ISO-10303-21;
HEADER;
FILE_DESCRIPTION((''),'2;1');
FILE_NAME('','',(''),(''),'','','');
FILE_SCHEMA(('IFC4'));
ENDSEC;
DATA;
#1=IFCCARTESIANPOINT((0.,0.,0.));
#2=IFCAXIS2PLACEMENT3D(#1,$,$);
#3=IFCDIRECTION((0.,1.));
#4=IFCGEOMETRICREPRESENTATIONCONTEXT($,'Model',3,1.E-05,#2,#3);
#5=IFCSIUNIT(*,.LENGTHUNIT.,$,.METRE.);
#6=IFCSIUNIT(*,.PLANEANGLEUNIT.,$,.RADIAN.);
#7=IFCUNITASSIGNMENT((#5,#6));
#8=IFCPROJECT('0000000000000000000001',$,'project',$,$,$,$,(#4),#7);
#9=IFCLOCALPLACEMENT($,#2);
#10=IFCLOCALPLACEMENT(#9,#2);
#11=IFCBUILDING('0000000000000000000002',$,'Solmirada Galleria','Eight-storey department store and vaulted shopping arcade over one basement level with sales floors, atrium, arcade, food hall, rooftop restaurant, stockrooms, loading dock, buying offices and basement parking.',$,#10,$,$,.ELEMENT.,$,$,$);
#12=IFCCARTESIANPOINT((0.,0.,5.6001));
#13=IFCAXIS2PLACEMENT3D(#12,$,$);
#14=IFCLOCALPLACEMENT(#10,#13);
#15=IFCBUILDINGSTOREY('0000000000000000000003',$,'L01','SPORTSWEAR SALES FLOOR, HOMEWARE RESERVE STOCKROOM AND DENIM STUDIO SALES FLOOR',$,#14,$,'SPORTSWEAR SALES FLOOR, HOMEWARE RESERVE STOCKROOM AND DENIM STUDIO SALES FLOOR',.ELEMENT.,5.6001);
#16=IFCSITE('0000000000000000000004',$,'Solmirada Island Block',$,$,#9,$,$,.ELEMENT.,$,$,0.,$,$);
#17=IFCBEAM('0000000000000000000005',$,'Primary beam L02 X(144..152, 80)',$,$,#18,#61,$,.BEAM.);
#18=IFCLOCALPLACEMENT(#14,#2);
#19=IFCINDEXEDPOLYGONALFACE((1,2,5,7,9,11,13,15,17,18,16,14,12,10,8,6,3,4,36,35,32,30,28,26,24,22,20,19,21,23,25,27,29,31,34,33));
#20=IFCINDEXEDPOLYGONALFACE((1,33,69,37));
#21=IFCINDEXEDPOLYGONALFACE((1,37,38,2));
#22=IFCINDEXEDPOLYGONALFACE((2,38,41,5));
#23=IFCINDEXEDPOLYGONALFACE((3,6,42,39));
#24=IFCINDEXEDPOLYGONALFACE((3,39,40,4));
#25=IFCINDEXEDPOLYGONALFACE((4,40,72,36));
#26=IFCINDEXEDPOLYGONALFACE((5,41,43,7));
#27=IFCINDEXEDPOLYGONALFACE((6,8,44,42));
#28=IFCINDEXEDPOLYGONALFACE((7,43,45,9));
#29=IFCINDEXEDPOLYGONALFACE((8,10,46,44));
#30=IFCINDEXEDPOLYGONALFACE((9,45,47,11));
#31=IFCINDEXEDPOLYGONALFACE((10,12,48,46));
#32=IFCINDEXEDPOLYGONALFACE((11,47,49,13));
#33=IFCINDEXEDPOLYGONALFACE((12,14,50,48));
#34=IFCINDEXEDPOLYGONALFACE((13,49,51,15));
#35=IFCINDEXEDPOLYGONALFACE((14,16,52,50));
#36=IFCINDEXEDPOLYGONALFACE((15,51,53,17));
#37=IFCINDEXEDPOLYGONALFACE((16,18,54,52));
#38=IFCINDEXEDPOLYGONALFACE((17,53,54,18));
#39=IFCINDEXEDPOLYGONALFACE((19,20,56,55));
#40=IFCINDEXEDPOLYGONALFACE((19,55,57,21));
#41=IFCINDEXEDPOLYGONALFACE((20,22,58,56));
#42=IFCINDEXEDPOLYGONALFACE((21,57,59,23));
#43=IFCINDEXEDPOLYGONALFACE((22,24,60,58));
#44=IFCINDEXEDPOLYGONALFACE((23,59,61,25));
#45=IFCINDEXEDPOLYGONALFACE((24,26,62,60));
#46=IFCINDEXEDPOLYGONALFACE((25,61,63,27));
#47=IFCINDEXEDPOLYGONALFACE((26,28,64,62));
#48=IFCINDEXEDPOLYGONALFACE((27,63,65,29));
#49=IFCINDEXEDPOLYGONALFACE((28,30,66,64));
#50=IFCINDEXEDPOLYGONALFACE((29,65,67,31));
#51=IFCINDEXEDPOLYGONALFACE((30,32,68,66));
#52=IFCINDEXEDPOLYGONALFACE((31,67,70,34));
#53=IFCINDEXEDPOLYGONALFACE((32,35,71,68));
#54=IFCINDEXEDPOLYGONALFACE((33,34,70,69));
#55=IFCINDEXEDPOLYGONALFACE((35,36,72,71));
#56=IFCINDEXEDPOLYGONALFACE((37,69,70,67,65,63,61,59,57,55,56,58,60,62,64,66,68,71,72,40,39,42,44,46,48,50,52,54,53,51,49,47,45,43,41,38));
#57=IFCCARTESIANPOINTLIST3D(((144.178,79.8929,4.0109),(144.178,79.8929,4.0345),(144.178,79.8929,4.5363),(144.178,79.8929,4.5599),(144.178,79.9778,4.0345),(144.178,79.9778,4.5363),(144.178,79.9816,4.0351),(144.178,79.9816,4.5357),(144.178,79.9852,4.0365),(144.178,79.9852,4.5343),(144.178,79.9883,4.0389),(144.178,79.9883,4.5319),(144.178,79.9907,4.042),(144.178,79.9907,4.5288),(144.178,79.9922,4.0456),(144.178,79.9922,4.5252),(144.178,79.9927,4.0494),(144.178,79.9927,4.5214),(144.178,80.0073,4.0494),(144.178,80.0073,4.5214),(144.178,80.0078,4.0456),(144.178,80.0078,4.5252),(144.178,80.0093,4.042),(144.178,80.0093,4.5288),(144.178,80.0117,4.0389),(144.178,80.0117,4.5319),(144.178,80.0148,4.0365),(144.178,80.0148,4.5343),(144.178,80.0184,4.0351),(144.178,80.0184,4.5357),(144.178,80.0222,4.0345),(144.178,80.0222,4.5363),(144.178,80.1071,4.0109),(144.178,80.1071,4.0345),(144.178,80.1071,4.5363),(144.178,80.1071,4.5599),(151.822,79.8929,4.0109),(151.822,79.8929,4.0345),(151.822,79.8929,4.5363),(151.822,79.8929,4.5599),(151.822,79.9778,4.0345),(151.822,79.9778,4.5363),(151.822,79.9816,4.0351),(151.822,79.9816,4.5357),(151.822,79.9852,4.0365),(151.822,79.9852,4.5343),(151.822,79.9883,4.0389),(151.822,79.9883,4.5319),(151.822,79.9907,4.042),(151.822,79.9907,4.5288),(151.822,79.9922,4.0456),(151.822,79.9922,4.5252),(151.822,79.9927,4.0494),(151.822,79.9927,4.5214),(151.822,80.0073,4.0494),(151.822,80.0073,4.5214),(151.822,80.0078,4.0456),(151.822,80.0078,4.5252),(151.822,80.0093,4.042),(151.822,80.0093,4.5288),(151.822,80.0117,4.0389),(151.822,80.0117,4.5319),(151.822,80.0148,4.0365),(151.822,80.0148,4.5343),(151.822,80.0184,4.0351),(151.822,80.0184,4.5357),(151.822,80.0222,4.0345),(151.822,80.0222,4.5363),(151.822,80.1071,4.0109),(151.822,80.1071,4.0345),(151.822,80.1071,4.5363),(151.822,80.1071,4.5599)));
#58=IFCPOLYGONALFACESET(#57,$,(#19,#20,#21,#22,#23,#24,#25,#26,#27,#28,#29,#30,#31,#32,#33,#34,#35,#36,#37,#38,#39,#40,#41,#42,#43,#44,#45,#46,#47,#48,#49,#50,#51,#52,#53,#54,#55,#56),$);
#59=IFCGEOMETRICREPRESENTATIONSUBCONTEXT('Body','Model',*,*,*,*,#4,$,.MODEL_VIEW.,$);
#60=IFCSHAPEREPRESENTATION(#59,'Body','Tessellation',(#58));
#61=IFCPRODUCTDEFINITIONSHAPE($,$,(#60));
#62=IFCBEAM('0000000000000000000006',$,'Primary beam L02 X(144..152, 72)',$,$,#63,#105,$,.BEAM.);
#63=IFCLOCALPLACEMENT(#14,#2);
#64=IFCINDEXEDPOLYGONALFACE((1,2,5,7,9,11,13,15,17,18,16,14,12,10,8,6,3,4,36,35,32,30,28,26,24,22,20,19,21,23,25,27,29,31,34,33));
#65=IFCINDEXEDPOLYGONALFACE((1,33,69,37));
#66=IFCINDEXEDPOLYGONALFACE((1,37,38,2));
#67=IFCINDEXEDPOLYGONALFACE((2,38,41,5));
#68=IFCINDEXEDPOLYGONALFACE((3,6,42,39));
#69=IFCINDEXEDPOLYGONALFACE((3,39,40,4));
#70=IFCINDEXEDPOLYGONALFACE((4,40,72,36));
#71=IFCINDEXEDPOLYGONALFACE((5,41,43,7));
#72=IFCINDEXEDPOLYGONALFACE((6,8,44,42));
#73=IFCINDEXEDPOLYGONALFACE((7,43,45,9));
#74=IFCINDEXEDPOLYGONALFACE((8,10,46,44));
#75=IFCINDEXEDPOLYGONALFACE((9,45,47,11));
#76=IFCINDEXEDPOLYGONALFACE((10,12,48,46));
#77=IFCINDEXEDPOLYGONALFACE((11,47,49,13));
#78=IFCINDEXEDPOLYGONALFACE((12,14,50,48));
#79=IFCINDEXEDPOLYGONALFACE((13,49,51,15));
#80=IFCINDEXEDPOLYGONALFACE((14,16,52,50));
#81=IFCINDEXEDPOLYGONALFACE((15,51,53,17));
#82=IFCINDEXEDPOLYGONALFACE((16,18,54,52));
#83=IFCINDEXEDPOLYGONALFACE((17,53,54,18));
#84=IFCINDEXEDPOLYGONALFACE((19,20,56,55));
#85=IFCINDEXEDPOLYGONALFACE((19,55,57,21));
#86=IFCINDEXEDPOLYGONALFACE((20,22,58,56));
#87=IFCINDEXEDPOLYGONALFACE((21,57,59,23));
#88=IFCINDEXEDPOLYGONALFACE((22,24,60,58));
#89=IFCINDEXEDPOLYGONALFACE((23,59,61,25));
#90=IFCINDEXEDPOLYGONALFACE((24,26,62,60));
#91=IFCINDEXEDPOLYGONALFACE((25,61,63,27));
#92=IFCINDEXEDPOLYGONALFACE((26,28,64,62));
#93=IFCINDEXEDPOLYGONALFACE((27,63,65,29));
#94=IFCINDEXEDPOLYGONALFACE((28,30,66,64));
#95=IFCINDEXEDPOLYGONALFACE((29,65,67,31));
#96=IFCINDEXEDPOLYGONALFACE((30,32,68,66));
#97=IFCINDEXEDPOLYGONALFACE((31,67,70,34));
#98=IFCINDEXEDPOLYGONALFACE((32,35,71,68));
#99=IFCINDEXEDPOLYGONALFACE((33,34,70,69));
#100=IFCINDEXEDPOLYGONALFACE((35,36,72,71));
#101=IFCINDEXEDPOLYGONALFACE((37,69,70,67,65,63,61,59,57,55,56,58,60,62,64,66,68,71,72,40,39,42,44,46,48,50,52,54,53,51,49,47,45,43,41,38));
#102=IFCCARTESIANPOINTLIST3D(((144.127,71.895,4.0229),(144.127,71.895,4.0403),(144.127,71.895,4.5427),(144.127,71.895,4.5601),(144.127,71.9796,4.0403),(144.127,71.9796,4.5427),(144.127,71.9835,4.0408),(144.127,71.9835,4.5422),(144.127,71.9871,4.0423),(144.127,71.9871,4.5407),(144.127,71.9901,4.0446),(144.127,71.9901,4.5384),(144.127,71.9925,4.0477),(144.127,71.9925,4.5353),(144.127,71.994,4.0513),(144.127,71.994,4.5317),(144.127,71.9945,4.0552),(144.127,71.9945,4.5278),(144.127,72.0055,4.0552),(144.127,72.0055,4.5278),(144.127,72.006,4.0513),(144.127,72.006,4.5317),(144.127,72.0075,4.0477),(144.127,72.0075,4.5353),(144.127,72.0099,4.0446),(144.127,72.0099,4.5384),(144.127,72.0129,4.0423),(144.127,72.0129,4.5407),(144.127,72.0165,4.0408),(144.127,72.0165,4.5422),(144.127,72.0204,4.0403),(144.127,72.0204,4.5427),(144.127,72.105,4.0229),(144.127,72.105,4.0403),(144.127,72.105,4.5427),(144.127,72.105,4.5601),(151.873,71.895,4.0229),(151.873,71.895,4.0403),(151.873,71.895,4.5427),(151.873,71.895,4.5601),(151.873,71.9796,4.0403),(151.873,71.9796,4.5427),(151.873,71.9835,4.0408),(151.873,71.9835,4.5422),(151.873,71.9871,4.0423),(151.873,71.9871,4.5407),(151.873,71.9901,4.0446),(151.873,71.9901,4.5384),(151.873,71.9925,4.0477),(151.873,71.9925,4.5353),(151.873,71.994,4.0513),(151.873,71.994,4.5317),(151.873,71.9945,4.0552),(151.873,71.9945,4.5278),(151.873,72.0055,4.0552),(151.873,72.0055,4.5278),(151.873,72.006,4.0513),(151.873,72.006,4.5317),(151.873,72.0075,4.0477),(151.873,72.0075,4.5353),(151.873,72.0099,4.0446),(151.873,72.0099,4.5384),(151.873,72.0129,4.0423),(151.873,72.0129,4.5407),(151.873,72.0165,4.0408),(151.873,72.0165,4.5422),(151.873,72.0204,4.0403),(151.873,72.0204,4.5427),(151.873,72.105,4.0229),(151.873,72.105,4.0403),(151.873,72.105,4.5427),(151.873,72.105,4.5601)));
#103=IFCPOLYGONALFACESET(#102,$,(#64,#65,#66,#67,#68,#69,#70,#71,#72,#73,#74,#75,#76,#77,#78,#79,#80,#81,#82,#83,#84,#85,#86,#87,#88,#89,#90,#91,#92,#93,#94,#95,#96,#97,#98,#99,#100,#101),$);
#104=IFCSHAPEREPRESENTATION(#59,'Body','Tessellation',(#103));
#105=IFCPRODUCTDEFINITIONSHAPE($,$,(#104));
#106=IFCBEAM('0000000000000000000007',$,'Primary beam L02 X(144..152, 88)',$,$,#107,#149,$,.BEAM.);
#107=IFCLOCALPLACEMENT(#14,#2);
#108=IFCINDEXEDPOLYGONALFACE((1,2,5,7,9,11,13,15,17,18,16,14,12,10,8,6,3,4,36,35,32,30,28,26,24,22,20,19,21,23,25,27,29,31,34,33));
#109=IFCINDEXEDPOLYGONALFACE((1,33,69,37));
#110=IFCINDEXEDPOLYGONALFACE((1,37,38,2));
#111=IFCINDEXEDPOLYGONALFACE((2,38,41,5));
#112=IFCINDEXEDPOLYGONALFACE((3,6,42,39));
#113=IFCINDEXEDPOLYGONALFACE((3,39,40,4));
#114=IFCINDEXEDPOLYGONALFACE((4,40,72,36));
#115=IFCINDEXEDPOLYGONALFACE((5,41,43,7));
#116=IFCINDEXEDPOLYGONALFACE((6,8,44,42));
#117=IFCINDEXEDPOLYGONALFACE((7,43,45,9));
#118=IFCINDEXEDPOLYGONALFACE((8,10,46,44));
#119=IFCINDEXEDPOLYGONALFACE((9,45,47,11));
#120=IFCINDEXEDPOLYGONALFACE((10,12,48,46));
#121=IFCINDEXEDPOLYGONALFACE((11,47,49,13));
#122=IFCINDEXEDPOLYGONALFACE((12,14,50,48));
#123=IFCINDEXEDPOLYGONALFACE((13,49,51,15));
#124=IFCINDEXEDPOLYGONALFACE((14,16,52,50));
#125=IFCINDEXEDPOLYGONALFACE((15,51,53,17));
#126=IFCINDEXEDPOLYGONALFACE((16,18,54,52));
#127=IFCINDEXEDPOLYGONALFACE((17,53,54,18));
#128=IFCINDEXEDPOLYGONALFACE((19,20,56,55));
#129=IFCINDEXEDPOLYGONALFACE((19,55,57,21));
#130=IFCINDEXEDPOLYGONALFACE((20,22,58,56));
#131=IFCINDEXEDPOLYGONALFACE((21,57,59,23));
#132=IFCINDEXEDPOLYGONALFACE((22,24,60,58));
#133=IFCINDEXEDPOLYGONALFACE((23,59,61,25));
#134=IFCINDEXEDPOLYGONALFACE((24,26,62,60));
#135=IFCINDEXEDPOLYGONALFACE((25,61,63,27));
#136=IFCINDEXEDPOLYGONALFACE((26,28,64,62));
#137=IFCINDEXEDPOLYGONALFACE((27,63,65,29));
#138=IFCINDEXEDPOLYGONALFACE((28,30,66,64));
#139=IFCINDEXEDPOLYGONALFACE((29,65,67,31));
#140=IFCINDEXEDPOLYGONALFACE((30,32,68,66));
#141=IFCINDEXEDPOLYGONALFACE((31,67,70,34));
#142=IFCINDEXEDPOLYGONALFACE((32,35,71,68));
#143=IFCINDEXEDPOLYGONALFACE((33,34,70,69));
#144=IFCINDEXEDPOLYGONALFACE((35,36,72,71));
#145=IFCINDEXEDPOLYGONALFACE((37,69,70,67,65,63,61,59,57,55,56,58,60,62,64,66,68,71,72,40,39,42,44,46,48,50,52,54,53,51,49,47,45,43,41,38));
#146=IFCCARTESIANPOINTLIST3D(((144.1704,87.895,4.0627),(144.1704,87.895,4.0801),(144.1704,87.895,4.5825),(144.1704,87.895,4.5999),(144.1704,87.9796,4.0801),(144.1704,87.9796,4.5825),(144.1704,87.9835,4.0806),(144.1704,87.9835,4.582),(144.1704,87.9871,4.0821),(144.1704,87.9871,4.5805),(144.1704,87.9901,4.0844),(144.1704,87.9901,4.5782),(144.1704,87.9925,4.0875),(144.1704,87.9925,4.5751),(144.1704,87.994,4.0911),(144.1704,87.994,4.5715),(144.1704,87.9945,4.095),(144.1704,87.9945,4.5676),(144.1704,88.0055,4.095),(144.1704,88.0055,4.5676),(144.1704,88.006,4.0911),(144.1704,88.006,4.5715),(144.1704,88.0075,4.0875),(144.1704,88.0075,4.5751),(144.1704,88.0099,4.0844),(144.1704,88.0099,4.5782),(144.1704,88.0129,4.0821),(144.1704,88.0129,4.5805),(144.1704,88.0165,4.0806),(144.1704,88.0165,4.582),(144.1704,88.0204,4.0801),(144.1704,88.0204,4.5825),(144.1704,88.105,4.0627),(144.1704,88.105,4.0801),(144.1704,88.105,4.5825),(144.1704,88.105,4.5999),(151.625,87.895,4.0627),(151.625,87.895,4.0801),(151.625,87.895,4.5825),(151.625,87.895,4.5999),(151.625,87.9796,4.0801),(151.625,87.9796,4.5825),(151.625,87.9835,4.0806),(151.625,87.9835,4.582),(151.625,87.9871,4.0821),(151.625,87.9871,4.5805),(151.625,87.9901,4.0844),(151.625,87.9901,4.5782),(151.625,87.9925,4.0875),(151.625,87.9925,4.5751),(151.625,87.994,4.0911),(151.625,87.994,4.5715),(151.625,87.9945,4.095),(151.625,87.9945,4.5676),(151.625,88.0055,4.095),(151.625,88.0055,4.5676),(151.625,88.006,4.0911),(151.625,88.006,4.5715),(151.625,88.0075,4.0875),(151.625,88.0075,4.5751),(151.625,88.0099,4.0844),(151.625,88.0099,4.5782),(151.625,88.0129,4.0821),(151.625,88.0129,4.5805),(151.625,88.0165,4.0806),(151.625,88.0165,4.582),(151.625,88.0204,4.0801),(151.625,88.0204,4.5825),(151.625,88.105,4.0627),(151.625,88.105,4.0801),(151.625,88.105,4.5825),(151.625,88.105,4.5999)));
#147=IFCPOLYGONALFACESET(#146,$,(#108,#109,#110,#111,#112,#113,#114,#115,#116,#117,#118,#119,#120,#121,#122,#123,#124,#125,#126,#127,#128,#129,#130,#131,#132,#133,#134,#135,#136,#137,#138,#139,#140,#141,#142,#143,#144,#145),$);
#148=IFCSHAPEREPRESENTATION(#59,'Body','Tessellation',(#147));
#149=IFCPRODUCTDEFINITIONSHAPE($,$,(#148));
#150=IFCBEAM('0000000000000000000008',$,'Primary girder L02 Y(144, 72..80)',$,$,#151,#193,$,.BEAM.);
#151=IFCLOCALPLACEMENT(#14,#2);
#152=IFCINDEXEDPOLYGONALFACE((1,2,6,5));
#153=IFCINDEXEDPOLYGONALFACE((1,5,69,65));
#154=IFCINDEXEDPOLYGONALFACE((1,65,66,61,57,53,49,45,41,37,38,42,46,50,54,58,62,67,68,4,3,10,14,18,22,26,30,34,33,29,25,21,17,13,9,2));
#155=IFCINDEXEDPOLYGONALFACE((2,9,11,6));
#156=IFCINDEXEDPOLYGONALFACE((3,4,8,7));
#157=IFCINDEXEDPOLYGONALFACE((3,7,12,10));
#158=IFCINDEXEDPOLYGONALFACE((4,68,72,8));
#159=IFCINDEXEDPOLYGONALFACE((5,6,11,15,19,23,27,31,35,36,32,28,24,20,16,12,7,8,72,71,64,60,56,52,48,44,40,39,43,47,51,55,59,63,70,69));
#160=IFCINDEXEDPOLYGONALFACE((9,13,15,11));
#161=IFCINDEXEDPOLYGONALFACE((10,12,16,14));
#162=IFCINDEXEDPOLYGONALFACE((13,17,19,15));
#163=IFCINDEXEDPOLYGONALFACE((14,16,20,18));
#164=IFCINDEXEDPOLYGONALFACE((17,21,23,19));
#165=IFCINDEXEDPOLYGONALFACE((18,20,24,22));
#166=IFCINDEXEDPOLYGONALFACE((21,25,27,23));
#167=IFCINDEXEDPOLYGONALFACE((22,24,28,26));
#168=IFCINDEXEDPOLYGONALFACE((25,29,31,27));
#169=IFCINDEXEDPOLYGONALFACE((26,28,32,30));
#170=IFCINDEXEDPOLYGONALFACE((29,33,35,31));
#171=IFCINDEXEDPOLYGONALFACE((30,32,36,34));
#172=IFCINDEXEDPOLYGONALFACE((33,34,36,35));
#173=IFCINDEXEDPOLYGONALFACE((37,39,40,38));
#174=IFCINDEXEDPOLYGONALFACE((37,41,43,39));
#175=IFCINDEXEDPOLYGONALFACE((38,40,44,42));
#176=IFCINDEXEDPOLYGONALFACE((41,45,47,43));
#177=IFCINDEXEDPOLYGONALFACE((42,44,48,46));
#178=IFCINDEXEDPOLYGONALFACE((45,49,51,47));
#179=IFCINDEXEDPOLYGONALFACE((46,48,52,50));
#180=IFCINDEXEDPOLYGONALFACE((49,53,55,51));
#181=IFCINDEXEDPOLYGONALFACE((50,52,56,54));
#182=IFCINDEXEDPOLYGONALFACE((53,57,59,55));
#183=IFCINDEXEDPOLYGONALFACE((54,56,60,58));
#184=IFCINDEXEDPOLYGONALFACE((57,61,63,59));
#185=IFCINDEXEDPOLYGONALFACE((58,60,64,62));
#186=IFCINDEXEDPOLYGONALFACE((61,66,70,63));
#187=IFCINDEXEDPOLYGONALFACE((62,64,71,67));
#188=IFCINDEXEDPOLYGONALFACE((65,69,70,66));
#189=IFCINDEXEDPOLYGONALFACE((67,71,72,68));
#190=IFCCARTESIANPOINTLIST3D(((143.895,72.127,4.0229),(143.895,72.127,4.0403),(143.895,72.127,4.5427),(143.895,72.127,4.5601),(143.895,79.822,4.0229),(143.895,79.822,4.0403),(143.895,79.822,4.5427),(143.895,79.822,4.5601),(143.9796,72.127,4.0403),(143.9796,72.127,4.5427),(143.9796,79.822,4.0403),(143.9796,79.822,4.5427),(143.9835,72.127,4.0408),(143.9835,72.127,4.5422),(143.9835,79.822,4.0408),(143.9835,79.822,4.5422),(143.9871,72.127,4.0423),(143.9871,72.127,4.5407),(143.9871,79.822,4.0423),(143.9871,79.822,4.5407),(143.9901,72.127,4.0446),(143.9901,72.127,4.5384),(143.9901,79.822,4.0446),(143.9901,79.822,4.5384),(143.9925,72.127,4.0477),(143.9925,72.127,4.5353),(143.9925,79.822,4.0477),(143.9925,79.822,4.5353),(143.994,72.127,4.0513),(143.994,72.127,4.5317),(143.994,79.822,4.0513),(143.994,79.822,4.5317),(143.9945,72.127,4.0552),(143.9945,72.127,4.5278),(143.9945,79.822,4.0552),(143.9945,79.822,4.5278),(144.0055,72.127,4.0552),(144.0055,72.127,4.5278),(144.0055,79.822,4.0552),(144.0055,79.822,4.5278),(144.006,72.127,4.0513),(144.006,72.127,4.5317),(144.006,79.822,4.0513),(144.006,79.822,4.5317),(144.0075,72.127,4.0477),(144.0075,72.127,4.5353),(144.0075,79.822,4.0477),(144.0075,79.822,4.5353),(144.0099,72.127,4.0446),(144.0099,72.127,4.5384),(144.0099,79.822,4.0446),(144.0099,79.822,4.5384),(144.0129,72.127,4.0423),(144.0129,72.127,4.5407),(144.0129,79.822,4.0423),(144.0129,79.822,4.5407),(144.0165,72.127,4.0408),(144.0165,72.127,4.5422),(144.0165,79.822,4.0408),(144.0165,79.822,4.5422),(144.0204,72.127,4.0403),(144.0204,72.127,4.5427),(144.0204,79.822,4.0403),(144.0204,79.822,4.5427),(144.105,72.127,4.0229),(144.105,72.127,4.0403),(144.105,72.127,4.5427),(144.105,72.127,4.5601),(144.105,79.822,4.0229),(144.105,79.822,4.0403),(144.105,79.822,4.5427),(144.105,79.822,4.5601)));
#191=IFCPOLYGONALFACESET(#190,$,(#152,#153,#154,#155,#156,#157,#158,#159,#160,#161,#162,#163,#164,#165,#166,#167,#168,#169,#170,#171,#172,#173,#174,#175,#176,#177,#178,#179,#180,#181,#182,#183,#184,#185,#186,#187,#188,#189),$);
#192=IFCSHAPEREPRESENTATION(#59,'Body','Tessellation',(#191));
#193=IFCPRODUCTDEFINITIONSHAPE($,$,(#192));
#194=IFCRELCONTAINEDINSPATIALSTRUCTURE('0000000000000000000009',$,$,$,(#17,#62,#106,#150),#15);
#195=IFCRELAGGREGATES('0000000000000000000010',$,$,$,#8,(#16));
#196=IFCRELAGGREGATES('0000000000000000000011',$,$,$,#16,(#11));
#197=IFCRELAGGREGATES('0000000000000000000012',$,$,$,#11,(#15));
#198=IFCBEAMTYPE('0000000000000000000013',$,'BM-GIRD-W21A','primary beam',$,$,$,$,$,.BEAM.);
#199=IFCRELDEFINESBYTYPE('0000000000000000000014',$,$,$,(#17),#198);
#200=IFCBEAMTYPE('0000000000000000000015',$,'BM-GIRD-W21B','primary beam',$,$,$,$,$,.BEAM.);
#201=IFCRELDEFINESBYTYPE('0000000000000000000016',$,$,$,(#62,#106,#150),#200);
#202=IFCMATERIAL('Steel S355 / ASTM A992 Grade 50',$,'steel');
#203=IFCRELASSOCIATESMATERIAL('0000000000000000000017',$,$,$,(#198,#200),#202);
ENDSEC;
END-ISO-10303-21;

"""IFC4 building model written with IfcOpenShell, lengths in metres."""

from ifc_helpers import new_model, si_unit, direction, frame, origin, origin_2d, place, context, subcontext, project, spatial, i_section, extrude, material, material_profile, profile_set, type_object, element, save


model = new_model("IFC4")

# Units and contexts
model_context = context("Model", 3, precision=1e-05, world=origin(), true_north=direction((0.0, 1.0)))
body_context = subcontext(model_context, "Body", "Model", "MODEL_VIEW")
ifc_project = project(units=[si_unit("LENGTHUNIT", "METRE"), si_unit("PLANEANGLEUNIT", "RADIAN")], contexts=[model_context])

# Site, building, storey
site_placement = place(None, origin())
site = spatial("IfcSite", under=ifc_project, at=site_placement, Name="Solmirada Island Block", CompositionType="ELEMENT", RefElevation=0.0)
building_placement = place(site_placement, origin())
building = spatial("IfcBuilding", under=site, at=building_placement, Name="Solmirada Galleria", Description="Eight-storey department store and vaulted shopping arcade over one basement level with sales floors, atrium, arcade, food hall, rooftop restaurant, stockrooms, loading dock, buying offices and basement parking.", CompositionType="ELEMENT")
storey_placement = place(building_placement, frame((0.0, 0.0, 5.6001)))
storey = spatial("IfcBuildingStorey", under=building, at=storey_placement, Name="L01", Description="SPORTSWEAR SALES FLOOR, HOMEWARE RESERVE STOCKROOM AND DENIM STUDIO SALES FLOOR", LongName="SPORTSWEAR SALES FLOOR, HOMEWARE RESERVE STOCKROOM AND DENIM STUDIO SALES FLOOR", CompositionType="ELEMENT", Elevation=5.6001)

# Beams
ifc_material_1 = material(Name="Steel S355 / ASTM A992 Grade 50", Category="steel")
ifc_material_profile_1 = material_profile(ifc_material_1, i_section(OverallWidth=0.2141, OverallDepth=0.5491, WebThickness=0.0146, FlangeThickness=0.0237, FilletRadius=0.0149, at=origin_2d()), Name="W21X93")
ifc_profile_set_1 = profile_set([ifc_material_profile_1], Name="Steel S355 / ASTM A992 Grade 50")
beam_type_1 = type_object("IfcBeamType", Name="BM-GIRD-W21A", Description="primary beam", PredefinedType="BEAM", material=ifc_profile_set_1)
beam_1_placement = place(storey_placement, frame((144.178, 80.0, 4.2854), z_axis=(1.0, 0.0, 0.0), x_axis=(0.0, 1.0, 0.0)))
element("IfcBeam", 1, at=beam_1_placement, inside=storey, type_object=beam_type_1, Name="Primary beam L02 X(144..152, 80)", PredefinedType="BEAM", context=body_context, shape_type="SweptSolid", body=[
    extrude(i_section(OverallWidth=0.2141, OverallDepth=0.5491, WebThickness=0.0146, FlangeThickness=0.0237, FilletRadius=0.0149, at=origin_2d()), origin(), (0.0, 0.0, 1.0), 7.644),
])
ifc_material_profile_2 = material_profile(ifc_material_1, i_section(OverallWidth=0.21, OverallDepth=0.5371, WebThickness=0.011, FlangeThickness=0.0173, FilletRadius=0.0149, at=origin_2d()), Name="W21X68")
ifc_profile_set_2 = profile_set([ifc_material_profile_2], Name="Steel S355 / ASTM A992 Grade 50")
beam_type_2 = type_object("IfcBeamType", Name="BM-GIRD-W21B", Description="primary beam", PredefinedType="BEAM", material=ifc_profile_set_2)
beam_2_placement = place(storey_placement, frame((144.127, 72.0, 4.2915), z_axis=(1.0, 0.0, 0.0), x_axis=(0.0, 1.0, 0.0)))
element("IfcBeam", 2, at=beam_2_placement, inside=storey, type_object=beam_type_2, Name="Primary beam L02 X(144..152, 72)", PredefinedType="BEAM", context=body_context, shape_type="SweptSolid", body=[
    extrude(i_section(OverallWidth=0.21, OverallDepth=0.5371, WebThickness=0.011, FlangeThickness=0.0173, FilletRadius=0.0149, at=origin_2d()), origin(), (0.0, 0.0, 1.0), 7.7461),
])
beam_3_placement = place(storey_placement, frame((144.1704, 88.0, 4.3313), z_axis=(1.0, 0.0, 0.0), x_axis=(0.0, 1.0, 0.0)))
element("IfcBeam", 3, at=beam_3_placement, inside=storey, type_object=beam_type_2, Name="Primary beam L02 X(144..152, 88)", PredefinedType="BEAM", context=body_context, shape_type="SweptSolid", body=[
    extrude(i_section(OverallWidth=0.21, OverallDepth=0.5371, WebThickness=0.011, FlangeThickness=0.0173, FilletRadius=0.0149, at=origin_2d()), origin(), (0.0, 0.0, 1.0), 7.4546),
])
beam_4_placement = place(storey_placement, frame((144.0, 72.127, 4.2915), z_axis=(0.0, 1.0, 0.0), x_axis=(-1.0, 0.0, 0.0)))
element("IfcBeam", 4, at=beam_4_placement, inside=storey, type_object=beam_type_2, Name="Primary girder L02 Y(144, 72..80)", PredefinedType="BEAM", context=body_context, shape_type="SweptSolid", body=[
    extrude(i_section(OverallWidth=0.21, OverallDepth=0.5371, WebThickness=0.011, FlangeThickness=0.0173, FilletRadius=0.0149, at=origin_2d()), origin(), (0.0, 0.0, 1.0), 7.6951),
])

save(model, "model.ifc")
